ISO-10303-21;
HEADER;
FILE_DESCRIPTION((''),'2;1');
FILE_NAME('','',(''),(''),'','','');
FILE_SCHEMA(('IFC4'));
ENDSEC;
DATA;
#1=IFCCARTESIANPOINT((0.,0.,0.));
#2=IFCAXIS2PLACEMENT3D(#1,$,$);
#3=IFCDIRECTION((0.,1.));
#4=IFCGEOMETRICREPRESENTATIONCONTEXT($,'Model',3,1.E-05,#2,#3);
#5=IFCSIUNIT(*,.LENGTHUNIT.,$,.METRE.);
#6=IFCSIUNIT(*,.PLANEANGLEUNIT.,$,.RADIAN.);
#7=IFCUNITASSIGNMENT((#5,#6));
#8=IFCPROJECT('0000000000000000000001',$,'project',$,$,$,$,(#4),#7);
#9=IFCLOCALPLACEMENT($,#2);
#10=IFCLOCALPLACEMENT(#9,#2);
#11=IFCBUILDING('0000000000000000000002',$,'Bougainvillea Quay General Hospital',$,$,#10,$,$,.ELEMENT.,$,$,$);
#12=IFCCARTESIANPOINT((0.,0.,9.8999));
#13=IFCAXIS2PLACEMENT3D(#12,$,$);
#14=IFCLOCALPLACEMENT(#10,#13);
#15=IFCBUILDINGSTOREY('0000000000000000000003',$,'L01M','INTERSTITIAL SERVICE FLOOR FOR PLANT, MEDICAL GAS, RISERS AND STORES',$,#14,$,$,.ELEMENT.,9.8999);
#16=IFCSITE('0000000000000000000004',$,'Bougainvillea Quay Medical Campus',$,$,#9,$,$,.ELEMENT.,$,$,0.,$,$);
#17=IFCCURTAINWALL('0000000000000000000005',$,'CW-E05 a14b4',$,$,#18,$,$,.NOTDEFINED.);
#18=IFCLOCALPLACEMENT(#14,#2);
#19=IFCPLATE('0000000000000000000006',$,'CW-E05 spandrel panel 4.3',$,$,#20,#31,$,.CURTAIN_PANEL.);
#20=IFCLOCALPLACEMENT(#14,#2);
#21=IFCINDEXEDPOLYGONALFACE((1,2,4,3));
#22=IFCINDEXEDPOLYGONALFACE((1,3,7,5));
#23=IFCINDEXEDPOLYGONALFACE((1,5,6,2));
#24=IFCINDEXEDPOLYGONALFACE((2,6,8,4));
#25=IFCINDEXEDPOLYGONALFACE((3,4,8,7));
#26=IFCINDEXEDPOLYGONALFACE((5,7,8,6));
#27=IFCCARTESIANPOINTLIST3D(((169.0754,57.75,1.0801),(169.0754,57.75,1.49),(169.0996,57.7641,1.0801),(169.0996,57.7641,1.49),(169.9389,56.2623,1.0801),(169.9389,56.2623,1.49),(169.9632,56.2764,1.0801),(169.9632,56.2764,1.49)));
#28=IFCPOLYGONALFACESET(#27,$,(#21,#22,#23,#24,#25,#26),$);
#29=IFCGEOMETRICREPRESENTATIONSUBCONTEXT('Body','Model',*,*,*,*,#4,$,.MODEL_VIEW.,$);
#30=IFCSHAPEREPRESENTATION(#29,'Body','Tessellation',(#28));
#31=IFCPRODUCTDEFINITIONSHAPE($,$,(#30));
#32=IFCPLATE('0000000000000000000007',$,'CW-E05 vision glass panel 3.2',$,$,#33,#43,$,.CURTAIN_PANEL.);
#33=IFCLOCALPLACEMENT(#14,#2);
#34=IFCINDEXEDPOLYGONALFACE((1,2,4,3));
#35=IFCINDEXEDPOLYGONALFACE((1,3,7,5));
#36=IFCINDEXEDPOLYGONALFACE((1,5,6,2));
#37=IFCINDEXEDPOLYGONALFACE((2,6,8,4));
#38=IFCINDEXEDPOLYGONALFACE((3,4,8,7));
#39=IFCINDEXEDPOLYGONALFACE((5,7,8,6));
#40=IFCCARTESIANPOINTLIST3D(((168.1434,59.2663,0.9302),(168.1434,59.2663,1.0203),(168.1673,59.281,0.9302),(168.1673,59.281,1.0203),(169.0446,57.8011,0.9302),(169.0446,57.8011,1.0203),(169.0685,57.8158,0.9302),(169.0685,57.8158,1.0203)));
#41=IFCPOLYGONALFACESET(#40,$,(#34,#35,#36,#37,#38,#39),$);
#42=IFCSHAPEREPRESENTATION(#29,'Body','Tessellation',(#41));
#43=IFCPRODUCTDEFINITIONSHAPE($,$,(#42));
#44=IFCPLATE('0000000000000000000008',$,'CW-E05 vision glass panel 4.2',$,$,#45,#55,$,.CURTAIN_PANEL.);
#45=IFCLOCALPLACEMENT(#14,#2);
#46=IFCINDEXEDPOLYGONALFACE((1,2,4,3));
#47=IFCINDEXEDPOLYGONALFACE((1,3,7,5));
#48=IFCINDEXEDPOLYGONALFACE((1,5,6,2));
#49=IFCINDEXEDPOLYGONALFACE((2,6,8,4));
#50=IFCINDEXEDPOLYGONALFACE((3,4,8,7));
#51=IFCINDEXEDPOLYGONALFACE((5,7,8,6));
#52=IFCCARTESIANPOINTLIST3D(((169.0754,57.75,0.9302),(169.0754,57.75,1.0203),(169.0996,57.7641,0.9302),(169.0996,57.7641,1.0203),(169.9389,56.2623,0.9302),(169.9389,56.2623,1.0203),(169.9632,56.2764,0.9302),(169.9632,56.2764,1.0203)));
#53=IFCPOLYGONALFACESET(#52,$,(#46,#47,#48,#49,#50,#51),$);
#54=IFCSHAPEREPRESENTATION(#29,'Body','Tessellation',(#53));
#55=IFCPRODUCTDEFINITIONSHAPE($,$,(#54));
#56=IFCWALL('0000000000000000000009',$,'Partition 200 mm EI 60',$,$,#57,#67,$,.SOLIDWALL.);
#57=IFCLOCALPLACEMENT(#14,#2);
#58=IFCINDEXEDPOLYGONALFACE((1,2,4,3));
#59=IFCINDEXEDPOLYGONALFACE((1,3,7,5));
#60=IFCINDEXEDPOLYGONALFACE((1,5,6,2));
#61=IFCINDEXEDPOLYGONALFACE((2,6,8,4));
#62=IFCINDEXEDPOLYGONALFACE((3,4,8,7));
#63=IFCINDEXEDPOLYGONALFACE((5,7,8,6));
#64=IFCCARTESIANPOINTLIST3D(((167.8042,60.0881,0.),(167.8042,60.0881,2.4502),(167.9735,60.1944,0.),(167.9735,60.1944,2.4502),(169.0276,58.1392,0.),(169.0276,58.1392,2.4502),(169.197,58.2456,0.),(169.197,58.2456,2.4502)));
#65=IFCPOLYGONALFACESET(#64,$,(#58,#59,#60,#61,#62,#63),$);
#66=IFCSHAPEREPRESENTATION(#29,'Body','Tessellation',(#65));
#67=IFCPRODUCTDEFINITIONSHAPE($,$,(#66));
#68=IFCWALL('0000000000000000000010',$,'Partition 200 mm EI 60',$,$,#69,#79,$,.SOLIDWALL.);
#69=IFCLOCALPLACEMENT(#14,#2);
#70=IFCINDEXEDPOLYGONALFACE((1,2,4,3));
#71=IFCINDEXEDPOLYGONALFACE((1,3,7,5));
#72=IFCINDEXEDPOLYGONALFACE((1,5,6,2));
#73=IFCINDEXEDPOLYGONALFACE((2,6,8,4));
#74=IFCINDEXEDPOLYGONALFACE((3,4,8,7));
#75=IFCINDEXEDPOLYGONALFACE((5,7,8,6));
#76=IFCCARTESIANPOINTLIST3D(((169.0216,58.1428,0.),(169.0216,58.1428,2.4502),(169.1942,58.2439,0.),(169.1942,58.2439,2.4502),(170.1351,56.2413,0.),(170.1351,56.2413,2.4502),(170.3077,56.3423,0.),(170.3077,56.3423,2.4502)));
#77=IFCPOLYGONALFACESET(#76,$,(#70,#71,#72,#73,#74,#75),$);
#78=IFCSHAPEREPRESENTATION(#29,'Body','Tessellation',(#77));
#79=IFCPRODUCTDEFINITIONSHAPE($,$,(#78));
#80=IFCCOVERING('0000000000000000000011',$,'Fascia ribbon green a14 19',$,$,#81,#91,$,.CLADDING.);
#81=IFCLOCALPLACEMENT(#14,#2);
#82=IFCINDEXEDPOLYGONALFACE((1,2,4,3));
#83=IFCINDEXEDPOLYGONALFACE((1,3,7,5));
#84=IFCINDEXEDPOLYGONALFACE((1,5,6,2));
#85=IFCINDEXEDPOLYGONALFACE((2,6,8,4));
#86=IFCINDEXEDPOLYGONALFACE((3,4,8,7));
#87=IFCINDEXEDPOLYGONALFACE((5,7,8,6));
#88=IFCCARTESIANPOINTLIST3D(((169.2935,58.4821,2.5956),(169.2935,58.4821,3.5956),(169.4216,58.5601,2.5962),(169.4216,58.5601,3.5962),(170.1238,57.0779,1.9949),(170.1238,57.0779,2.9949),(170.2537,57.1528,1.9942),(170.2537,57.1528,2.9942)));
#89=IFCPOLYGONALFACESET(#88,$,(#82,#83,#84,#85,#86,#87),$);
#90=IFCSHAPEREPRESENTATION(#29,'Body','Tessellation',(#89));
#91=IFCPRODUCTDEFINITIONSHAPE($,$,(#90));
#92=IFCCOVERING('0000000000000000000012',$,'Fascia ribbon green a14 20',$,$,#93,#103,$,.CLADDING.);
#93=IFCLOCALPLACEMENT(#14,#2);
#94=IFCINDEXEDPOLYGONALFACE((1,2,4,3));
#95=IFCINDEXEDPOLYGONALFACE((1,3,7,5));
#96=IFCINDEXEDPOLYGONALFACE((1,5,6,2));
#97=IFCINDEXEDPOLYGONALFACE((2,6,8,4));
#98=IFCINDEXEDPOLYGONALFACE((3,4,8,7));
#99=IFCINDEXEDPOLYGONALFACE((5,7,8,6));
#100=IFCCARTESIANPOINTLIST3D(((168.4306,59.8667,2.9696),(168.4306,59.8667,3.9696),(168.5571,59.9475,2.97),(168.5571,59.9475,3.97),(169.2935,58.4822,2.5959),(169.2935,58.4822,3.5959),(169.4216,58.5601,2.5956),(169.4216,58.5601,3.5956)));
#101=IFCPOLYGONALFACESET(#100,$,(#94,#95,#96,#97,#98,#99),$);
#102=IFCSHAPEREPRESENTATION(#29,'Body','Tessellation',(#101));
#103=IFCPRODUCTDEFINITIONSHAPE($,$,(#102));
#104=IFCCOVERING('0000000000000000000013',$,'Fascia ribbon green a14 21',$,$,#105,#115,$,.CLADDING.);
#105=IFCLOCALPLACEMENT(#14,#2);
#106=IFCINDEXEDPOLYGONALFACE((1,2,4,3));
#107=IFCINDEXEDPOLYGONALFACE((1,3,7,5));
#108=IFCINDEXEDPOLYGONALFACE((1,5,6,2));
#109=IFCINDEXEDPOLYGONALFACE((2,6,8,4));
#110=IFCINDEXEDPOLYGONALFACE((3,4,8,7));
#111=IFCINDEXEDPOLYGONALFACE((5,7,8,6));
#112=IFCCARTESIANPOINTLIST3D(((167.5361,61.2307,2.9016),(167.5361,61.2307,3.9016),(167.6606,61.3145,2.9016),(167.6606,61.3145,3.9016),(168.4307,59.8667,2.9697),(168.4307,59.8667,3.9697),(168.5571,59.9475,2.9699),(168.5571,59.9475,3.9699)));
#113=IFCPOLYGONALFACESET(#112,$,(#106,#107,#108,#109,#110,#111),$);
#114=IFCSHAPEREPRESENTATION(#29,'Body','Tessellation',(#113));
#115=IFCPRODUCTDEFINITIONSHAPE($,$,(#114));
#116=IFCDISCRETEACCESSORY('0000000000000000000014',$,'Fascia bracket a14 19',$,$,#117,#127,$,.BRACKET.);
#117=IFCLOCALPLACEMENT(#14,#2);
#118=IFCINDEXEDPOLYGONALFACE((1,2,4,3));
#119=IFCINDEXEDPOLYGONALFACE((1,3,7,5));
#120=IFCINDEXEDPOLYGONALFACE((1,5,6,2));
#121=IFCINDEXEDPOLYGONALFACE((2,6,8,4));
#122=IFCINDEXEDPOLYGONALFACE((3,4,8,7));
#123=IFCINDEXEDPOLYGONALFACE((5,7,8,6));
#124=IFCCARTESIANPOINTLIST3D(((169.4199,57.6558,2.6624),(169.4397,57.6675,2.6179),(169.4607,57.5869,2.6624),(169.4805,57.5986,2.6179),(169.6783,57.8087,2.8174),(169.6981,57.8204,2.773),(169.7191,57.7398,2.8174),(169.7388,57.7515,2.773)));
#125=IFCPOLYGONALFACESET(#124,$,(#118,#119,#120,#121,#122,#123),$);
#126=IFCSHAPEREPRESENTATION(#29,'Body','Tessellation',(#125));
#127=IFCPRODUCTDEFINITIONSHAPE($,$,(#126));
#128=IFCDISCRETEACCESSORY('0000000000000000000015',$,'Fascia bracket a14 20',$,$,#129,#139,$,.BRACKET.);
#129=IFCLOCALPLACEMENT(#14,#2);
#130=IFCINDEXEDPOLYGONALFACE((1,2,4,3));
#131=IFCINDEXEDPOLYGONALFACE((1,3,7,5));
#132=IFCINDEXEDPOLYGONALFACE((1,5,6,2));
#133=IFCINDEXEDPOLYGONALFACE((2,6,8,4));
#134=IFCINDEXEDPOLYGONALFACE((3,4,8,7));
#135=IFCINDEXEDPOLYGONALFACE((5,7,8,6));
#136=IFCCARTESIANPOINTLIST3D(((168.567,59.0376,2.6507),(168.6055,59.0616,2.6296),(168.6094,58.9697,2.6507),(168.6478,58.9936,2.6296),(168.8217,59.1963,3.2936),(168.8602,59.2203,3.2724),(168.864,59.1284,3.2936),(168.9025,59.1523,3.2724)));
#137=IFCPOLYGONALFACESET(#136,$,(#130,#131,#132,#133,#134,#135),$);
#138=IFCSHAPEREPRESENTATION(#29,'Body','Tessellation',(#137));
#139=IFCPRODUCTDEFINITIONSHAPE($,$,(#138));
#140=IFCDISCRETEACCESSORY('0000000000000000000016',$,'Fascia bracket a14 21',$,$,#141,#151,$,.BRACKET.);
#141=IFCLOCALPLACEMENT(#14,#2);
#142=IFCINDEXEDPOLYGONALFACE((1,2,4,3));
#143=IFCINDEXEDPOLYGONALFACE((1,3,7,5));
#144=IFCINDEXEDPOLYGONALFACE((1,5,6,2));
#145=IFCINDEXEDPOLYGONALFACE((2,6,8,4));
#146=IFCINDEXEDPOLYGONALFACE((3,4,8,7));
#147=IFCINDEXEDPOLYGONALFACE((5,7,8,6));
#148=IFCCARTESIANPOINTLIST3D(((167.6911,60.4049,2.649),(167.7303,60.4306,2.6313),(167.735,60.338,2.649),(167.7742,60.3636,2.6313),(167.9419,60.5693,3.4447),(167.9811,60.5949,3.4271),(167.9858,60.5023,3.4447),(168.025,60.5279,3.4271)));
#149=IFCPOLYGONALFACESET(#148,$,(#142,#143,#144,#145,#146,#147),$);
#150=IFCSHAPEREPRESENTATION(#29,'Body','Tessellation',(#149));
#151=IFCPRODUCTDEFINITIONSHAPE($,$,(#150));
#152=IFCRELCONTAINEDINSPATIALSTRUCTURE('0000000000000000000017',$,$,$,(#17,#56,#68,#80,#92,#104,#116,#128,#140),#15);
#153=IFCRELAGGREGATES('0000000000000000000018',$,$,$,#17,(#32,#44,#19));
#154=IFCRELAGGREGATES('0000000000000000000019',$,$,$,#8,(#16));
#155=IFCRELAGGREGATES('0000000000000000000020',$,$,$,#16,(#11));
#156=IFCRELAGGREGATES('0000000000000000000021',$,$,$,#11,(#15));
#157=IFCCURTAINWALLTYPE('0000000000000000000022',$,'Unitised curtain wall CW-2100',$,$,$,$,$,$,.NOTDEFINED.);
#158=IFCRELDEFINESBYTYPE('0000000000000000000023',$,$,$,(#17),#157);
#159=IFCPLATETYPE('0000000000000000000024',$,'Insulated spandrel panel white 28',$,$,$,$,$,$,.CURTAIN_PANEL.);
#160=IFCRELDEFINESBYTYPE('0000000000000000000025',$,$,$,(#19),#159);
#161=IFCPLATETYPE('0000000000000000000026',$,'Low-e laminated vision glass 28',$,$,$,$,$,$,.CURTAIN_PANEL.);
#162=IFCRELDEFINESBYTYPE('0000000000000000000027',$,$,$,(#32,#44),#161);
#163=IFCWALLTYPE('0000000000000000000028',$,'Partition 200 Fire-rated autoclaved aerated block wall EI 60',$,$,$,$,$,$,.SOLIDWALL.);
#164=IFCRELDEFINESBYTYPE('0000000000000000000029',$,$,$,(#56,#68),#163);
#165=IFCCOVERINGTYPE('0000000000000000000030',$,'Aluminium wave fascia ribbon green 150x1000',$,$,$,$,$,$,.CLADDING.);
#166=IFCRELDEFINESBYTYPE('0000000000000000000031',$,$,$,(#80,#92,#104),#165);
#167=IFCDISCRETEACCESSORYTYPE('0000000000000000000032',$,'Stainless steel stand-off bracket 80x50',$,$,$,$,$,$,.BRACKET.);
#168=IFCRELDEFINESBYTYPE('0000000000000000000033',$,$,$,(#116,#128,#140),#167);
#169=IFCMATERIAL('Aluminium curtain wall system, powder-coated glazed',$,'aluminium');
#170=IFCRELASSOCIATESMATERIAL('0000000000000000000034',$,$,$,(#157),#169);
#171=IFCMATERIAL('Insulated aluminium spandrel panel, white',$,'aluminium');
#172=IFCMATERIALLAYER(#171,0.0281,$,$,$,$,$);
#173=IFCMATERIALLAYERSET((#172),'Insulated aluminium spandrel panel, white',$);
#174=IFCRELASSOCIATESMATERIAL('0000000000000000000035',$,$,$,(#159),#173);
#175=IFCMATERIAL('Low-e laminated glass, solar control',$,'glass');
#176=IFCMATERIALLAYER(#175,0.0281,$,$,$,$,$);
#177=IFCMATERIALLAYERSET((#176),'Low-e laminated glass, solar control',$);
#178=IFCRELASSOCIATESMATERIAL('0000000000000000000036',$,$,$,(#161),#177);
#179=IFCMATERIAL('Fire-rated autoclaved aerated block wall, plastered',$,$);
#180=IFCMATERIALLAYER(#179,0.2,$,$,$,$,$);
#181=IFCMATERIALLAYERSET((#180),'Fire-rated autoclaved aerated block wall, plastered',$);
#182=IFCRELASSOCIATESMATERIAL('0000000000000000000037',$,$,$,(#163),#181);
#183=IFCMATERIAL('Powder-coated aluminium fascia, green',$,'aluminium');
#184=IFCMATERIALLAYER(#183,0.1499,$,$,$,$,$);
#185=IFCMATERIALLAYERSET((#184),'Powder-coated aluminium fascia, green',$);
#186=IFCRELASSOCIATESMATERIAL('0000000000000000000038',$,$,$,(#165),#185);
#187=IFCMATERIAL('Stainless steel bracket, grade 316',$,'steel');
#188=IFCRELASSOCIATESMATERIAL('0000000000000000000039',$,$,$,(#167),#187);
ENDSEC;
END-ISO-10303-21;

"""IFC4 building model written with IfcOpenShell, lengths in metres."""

from ifc_helpers import new_model, si_unit, direction, frame, frame_2d, origin, origin_2d, place, context, subcontext, project, spatial, polyline, rectangle, outline, extrude, material, layer, layer_set, material_profile, profile_set, type_object, element, aggregate, save


model = new_model("IFC4")

# Units and contexts
model_context = context("Model", 3, precision=1e-05, world=origin(), true_north=direction((0.0, 1.0)))
body_context = subcontext(model_context, "Body", "Model", "MODEL_VIEW")
ifc_project = project(units=[si_unit("LENGTHUNIT", "METRE"), si_unit("PLANEANGLEUNIT", "RADIAN")], contexts=[model_context])

# Site, building, storey
site_placement = place(None, origin())
site = spatial("IfcSite", under=ifc_project, at=site_placement, Name="Bougainvillea Quay Medical Campus", CompositionType="ELEMENT", RefElevation=0.0)
building_placement = place(site_placement, origin())
building = spatial("IfcBuilding", under=site, at=building_placement, Name="Bougainvillea Quay General Hospital", CompositionType="ELEMENT")
storey_placement = place(building_placement, frame((0.0, 0.0, 9.8999)))
storey = spatial("IfcBuildingStorey", under=building, at=storey_placement, Name="L01M", Description="INTERSTITIAL SERVICE FLOOR FOR PLANT, MEDICAL GAS, RISERS AND STORES", CompositionType="ELEMENT", Elevation=9.8999)

# Curtain wall, plates
ifc_material_1 = material(Name="Aluminium curtain wall system, powder-coated glazed", Category="aluminium")
curtain_wall_type = type_object("IfcCurtainWallType", Name="Unitised curtain wall CW-2100", PredefinedType="NOTDEFINED", material=ifc_material_1)
curtain_wall_placement = place(storey_placement, origin())
curtain_wall = element("IfcCurtainWall", 1, at=curtain_wall_placement, inside=storey, type_object=curtain_wall_type, Name="CW-E05 a14b4", PredefinedType="NOTDEFINED")
ifc_material_2 = material(Name="Insulated aluminium spandrel panel, white", Category="aluminium")
ifc_layer_1 = layer(ifc_material_2, 0.0281)
ifc_layer_set_1 = layer_set([ifc_layer_1], Name="Insulated aluminium spandrel panel, white")
plate_type_1 = type_object("IfcPlateType", Name="Insulated spandrel panel white 28", PredefinedType="CURTAIN_PANEL", material=ifc_layer_set_1)
plate_1_placement = place(storey_placement, frame((169.5193, 57.0132, 1.0801), z_axis=(0.0, 0.0, 1.0), x_axis=(0.502018, -0.864857, 0.0)))
plate_1 = element("IfcPlate", 2, at=plate_1_placement, type_object=plate_type_1, Name="CW-E05 spandrel panel 4.3", PredefinedType="CURTAIN_PANEL", context=body_context, shape_type="SweptSolid", body=[
    extrude(rectangle(XDim=1.7202, YDim=0.0281, at=origin_2d()), origin(), (0.0, 0.0, 1.0), 0.4099),
])
ifc_material_3 = material(Name="Low-e laminated glass, solar control", Category="glass")
ifc_layer_2 = layer(ifc_material_3, 0.0281)
ifc_layer_set_2 = layer_set([ifc_layer_2], Name="Low-e laminated glass, solar control")
plate_type_2 = type_object("IfcPlateType", Name="Low-e laminated vision glass 28", PredefinedType="CURTAIN_PANEL", material=ifc_layer_set_2)
plate_2_placement = place(storey_placement, frame((168.606, 58.541, 0.9302), z_axis=(0.0, 0.0, 1.0), x_axis=(0.523926, -0.851764, 0.0)))
plate_2 = element("IfcPlate", 3, at=plate_2_placement, type_object=plate_type_2, Name="CW-E05 vision glass panel 3.2", PredefinedType="CURTAIN_PANEL", context=body_context, shape_type="SweptSolid", body=[
    extrude(rectangle(XDim=1.7202, YDim=0.0281, at=origin_2d()), origin(), (0.0, 0.0, 1.0), 0.0901),
])
plate_3_placement = place(storey_placement, frame((169.5193, 57.0132, 0.9302), z_axis=(0.0, 0.0, 1.0), x_axis=(0.502018, -0.864857, 0.0)))
plate_3 = element("IfcPlate", 4, at=plate_3_placement, type_object=plate_type_2, Name="CW-E05 vision glass panel 4.2", PredefinedType="CURTAIN_PANEL", context=body_context, shape_type="SweptSolid", body=[
    extrude(rectangle(XDim=1.7202, YDim=0.0281, at=origin_2d()), origin(), (0.0, 0.0, 1.0), 0.0901),
])
aggregate(curtain_wall, [plate_2, plate_3, plate_1])

# Walls
ifc_material_4 = material(Name="Fire-rated autoclaved aerated block wall, plastered")
ifc_layer_3 = layer(ifc_material_4, 0.2)
ifc_layer_set_3 = layer_set([ifc_layer_3], Name="Fire-rated autoclaved aerated block wall, plastered")
wall_type = type_object("IfcWallType", Name="Partition 200 Fire-rated autoclaved aerated block wall EI 60", PredefinedType="SOLIDWALL", material=ifc_layer_set_3)
wall_1_placement = place(storey_placement, frame((167.8889, 60.1411, 0.0), z_axis=(0.0, 0.0, 1.0), x_axis=(0.531696, -0.846936, 0.0)))
element("IfcWall", 5, at=wall_1_placement, inside=storey, type_object=wall_type, Name="Partition 200 mm EI 60", PredefinedType="SOLIDWALL", context=body_context, shape_type="SweptSolid", body=[
    extrude(rectangle(XDim=2.301, YDim=0.2, at=frame_2d((1.1504, 0.0))), origin(), (0.0, 0.0, 1.0), 2.4502),
])
wall_2_placement = place(storey_placement, frame((169.1079, 58.1934, 0.0), z_axis=(0.0, 0.0, 1.0), x_axis=(0.50531, -0.862938, 0.0)))
element("IfcWall", 6, at=wall_2_placement, inside=storey, type_object=wall_type, Name="Partition 200 mm EI 60", PredefinedType="SOLIDWALL", context=body_context, shape_type="SweptSolid", body=[
    extrude(rectangle(XDim=2.2036, YDim=0.2, at=frame_2d((1.1018, 0.0))), origin(), (0.0, 0.0, 1.0), 2.4502),
])

# Coverings
ifc_material_5 = material(Name="Powder-coated aluminium fascia, green", Category="aluminium")
ifc_layer_4 = layer(ifc_material_5, 0.1499)
ifc_layer_set_4 = layer_set([ifc_layer_4], Name="Powder-coated aluminium fascia, green")
covering_type = type_object("IfcCoveringType", Name="Aluminium wave fascia ribbon green 150x1000", PredefinedType="CLADDING", material=ifc_layer_set_4)
covering_1_placement = place(storey_placement, frame((170.1238, 57.0779, 1.9949), z_axis=(0.176074, -0.297301, 0.938408), x_axis=(-0.477614, 0.807772, 0.345528)))
element("IfcCovering", 7, at=covering_1_placement, inside=storey, type_object=covering_type, Name="Fascia ribbon green a14 19", PredefinedType="CLADDING", context=body_context, shape_type="SweptSolid", body=[
    extrude(outline(polyline([(0.0, 0.0), (1.7384, 0.0), (1.7404, -0.15), (-0.0017, -0.1499), (0.0, 0.0)])), origin(), (0.345528, 0.000233, 0.938408), 1.0),
])
covering_2_placement = place(storey_placement, frame((169.2935, 58.4822, 2.5959), z_axis=(0.118079, -0.189471, 0.97476), x_axis=(-0.515533, 0.827275, 0.223253)))
element("IfcCovering", 8, at=covering_2_placement, inside=storey, type_object=covering_type, Name="Fascia ribbon green a14 20", PredefinedType="CLADDING", context=body_context, shape_type="SweptSolid", body=[
    extrude(outline(polyline([(0.0, 0.0), (1.6736, 0.0), (1.6753, -0.1501), (-0.0017, -0.15), (0.0, 0.0)])), origin(), (0.223253, 0.000005, 0.97476), 1.0),
])
covering_3_placement = place(storey_placement, frame((168.4307, 59.8667, 2.9697), z_axis=(-0.023572, 0.03447, 0.999128), x_axis=(-0.54792, 0.835488, -0.041752)))
element("IfcCovering", 9, at=covering_3_placement, inside=storey, type_object=covering_type, Name="Fascia ribbon green a14 21", PredefinedType="CLADDING", context=body_context, shape_type="SweptSolid", body=[
    extrude(outline(polyline([(0.0, 0.0), (1.6326, 0.0), (1.6343, -0.15), (-0.0018, -0.1501), (0.0, 0.0)])), origin(), (-0.041752, -0.000807, 0.999128), 1.0),
])

# Discrete accessories
ifc_material_6 = material(Name="Stainless steel bracket, grade 316", Category="steel")
ifc_material_profile_1 = material_profile(ifc_material_6, rectangle(XDim=0.0801, YDim=0.05, at=origin_2d()))
ifc_profile_set_1 = profile_set([ifc_material_profile_1], Name="Stainless steel bracket, grade 316")
discrete_accessory_type = type_object("IfcDiscreteAccessoryType", Name="Stainless steel stand-off bracket 80x50", PredefinedType="BRACKET", material=ifc_profile_set_1)
discrete_accessory_1_placement = place(storey_placement, frame((169.4502, 57.6272, 2.6401), z_axis=(0.764649, 0.452429, 0.458934), x_axis=(-0.509223, 0.860635, 0.0)))
element("IfcDiscreteAccessory", 10, at=discrete_accessory_1_placement, inside=storey, type_object=discrete_accessory_type, Name="Fascia bracket a14 19", PredefinedType="BRACKET", context=body_context, shape_type="SweptSolid", body=[
    extrude(rectangle(XDim=0.0801, YDim=0.05, at=origin_2d()), origin(), (0.0, 0.0, 1.0), 0.3379),
])
discrete_accessory_2_placement = place(storey_placement, frame((168.6074, 59.0156, 2.6401), z_axis=(0.358951, 0.223699, 0.906153), x_axis=(-0.528901, 0.848683, 0.0)))
element("IfcDiscreteAccessory", 11, at=discrete_accessory_2_placement, inside=storey, type_object=discrete_accessory_type, Name="Fascia bracket a14 20", PredefinedType="BRACKET", context=body_context, shape_type="SweptSolid", body=[
    extrude(rectangle(XDim=0.0801, YDim=0.05, at=origin_2d()), origin(), (0.0, 0.0, 1.0), 0.7095),
])
discrete_accessory_3_placement = place(storey_placement, frame((167.7327, 60.3843, 2.6401), z_axis=(0.294892, 0.193245, 0.935786), x_axis=(-0.548105, 0.83641, 0.0)))
element("IfcDiscreteAccessory", 12, at=discrete_accessory_3_placement, inside=storey, type_object=discrete_accessory_type, Name="Fascia bracket a14 21", PredefinedType="BRACKET", context=body_context, shape_type="SweptSolid", body=[
    extrude(rectangle(XDim=0.0801, YDim=0.05, at=origin_2d()), origin(), (0.0, 0.0, 1.0), 0.8503),
])

save(model, "model.ifc")
